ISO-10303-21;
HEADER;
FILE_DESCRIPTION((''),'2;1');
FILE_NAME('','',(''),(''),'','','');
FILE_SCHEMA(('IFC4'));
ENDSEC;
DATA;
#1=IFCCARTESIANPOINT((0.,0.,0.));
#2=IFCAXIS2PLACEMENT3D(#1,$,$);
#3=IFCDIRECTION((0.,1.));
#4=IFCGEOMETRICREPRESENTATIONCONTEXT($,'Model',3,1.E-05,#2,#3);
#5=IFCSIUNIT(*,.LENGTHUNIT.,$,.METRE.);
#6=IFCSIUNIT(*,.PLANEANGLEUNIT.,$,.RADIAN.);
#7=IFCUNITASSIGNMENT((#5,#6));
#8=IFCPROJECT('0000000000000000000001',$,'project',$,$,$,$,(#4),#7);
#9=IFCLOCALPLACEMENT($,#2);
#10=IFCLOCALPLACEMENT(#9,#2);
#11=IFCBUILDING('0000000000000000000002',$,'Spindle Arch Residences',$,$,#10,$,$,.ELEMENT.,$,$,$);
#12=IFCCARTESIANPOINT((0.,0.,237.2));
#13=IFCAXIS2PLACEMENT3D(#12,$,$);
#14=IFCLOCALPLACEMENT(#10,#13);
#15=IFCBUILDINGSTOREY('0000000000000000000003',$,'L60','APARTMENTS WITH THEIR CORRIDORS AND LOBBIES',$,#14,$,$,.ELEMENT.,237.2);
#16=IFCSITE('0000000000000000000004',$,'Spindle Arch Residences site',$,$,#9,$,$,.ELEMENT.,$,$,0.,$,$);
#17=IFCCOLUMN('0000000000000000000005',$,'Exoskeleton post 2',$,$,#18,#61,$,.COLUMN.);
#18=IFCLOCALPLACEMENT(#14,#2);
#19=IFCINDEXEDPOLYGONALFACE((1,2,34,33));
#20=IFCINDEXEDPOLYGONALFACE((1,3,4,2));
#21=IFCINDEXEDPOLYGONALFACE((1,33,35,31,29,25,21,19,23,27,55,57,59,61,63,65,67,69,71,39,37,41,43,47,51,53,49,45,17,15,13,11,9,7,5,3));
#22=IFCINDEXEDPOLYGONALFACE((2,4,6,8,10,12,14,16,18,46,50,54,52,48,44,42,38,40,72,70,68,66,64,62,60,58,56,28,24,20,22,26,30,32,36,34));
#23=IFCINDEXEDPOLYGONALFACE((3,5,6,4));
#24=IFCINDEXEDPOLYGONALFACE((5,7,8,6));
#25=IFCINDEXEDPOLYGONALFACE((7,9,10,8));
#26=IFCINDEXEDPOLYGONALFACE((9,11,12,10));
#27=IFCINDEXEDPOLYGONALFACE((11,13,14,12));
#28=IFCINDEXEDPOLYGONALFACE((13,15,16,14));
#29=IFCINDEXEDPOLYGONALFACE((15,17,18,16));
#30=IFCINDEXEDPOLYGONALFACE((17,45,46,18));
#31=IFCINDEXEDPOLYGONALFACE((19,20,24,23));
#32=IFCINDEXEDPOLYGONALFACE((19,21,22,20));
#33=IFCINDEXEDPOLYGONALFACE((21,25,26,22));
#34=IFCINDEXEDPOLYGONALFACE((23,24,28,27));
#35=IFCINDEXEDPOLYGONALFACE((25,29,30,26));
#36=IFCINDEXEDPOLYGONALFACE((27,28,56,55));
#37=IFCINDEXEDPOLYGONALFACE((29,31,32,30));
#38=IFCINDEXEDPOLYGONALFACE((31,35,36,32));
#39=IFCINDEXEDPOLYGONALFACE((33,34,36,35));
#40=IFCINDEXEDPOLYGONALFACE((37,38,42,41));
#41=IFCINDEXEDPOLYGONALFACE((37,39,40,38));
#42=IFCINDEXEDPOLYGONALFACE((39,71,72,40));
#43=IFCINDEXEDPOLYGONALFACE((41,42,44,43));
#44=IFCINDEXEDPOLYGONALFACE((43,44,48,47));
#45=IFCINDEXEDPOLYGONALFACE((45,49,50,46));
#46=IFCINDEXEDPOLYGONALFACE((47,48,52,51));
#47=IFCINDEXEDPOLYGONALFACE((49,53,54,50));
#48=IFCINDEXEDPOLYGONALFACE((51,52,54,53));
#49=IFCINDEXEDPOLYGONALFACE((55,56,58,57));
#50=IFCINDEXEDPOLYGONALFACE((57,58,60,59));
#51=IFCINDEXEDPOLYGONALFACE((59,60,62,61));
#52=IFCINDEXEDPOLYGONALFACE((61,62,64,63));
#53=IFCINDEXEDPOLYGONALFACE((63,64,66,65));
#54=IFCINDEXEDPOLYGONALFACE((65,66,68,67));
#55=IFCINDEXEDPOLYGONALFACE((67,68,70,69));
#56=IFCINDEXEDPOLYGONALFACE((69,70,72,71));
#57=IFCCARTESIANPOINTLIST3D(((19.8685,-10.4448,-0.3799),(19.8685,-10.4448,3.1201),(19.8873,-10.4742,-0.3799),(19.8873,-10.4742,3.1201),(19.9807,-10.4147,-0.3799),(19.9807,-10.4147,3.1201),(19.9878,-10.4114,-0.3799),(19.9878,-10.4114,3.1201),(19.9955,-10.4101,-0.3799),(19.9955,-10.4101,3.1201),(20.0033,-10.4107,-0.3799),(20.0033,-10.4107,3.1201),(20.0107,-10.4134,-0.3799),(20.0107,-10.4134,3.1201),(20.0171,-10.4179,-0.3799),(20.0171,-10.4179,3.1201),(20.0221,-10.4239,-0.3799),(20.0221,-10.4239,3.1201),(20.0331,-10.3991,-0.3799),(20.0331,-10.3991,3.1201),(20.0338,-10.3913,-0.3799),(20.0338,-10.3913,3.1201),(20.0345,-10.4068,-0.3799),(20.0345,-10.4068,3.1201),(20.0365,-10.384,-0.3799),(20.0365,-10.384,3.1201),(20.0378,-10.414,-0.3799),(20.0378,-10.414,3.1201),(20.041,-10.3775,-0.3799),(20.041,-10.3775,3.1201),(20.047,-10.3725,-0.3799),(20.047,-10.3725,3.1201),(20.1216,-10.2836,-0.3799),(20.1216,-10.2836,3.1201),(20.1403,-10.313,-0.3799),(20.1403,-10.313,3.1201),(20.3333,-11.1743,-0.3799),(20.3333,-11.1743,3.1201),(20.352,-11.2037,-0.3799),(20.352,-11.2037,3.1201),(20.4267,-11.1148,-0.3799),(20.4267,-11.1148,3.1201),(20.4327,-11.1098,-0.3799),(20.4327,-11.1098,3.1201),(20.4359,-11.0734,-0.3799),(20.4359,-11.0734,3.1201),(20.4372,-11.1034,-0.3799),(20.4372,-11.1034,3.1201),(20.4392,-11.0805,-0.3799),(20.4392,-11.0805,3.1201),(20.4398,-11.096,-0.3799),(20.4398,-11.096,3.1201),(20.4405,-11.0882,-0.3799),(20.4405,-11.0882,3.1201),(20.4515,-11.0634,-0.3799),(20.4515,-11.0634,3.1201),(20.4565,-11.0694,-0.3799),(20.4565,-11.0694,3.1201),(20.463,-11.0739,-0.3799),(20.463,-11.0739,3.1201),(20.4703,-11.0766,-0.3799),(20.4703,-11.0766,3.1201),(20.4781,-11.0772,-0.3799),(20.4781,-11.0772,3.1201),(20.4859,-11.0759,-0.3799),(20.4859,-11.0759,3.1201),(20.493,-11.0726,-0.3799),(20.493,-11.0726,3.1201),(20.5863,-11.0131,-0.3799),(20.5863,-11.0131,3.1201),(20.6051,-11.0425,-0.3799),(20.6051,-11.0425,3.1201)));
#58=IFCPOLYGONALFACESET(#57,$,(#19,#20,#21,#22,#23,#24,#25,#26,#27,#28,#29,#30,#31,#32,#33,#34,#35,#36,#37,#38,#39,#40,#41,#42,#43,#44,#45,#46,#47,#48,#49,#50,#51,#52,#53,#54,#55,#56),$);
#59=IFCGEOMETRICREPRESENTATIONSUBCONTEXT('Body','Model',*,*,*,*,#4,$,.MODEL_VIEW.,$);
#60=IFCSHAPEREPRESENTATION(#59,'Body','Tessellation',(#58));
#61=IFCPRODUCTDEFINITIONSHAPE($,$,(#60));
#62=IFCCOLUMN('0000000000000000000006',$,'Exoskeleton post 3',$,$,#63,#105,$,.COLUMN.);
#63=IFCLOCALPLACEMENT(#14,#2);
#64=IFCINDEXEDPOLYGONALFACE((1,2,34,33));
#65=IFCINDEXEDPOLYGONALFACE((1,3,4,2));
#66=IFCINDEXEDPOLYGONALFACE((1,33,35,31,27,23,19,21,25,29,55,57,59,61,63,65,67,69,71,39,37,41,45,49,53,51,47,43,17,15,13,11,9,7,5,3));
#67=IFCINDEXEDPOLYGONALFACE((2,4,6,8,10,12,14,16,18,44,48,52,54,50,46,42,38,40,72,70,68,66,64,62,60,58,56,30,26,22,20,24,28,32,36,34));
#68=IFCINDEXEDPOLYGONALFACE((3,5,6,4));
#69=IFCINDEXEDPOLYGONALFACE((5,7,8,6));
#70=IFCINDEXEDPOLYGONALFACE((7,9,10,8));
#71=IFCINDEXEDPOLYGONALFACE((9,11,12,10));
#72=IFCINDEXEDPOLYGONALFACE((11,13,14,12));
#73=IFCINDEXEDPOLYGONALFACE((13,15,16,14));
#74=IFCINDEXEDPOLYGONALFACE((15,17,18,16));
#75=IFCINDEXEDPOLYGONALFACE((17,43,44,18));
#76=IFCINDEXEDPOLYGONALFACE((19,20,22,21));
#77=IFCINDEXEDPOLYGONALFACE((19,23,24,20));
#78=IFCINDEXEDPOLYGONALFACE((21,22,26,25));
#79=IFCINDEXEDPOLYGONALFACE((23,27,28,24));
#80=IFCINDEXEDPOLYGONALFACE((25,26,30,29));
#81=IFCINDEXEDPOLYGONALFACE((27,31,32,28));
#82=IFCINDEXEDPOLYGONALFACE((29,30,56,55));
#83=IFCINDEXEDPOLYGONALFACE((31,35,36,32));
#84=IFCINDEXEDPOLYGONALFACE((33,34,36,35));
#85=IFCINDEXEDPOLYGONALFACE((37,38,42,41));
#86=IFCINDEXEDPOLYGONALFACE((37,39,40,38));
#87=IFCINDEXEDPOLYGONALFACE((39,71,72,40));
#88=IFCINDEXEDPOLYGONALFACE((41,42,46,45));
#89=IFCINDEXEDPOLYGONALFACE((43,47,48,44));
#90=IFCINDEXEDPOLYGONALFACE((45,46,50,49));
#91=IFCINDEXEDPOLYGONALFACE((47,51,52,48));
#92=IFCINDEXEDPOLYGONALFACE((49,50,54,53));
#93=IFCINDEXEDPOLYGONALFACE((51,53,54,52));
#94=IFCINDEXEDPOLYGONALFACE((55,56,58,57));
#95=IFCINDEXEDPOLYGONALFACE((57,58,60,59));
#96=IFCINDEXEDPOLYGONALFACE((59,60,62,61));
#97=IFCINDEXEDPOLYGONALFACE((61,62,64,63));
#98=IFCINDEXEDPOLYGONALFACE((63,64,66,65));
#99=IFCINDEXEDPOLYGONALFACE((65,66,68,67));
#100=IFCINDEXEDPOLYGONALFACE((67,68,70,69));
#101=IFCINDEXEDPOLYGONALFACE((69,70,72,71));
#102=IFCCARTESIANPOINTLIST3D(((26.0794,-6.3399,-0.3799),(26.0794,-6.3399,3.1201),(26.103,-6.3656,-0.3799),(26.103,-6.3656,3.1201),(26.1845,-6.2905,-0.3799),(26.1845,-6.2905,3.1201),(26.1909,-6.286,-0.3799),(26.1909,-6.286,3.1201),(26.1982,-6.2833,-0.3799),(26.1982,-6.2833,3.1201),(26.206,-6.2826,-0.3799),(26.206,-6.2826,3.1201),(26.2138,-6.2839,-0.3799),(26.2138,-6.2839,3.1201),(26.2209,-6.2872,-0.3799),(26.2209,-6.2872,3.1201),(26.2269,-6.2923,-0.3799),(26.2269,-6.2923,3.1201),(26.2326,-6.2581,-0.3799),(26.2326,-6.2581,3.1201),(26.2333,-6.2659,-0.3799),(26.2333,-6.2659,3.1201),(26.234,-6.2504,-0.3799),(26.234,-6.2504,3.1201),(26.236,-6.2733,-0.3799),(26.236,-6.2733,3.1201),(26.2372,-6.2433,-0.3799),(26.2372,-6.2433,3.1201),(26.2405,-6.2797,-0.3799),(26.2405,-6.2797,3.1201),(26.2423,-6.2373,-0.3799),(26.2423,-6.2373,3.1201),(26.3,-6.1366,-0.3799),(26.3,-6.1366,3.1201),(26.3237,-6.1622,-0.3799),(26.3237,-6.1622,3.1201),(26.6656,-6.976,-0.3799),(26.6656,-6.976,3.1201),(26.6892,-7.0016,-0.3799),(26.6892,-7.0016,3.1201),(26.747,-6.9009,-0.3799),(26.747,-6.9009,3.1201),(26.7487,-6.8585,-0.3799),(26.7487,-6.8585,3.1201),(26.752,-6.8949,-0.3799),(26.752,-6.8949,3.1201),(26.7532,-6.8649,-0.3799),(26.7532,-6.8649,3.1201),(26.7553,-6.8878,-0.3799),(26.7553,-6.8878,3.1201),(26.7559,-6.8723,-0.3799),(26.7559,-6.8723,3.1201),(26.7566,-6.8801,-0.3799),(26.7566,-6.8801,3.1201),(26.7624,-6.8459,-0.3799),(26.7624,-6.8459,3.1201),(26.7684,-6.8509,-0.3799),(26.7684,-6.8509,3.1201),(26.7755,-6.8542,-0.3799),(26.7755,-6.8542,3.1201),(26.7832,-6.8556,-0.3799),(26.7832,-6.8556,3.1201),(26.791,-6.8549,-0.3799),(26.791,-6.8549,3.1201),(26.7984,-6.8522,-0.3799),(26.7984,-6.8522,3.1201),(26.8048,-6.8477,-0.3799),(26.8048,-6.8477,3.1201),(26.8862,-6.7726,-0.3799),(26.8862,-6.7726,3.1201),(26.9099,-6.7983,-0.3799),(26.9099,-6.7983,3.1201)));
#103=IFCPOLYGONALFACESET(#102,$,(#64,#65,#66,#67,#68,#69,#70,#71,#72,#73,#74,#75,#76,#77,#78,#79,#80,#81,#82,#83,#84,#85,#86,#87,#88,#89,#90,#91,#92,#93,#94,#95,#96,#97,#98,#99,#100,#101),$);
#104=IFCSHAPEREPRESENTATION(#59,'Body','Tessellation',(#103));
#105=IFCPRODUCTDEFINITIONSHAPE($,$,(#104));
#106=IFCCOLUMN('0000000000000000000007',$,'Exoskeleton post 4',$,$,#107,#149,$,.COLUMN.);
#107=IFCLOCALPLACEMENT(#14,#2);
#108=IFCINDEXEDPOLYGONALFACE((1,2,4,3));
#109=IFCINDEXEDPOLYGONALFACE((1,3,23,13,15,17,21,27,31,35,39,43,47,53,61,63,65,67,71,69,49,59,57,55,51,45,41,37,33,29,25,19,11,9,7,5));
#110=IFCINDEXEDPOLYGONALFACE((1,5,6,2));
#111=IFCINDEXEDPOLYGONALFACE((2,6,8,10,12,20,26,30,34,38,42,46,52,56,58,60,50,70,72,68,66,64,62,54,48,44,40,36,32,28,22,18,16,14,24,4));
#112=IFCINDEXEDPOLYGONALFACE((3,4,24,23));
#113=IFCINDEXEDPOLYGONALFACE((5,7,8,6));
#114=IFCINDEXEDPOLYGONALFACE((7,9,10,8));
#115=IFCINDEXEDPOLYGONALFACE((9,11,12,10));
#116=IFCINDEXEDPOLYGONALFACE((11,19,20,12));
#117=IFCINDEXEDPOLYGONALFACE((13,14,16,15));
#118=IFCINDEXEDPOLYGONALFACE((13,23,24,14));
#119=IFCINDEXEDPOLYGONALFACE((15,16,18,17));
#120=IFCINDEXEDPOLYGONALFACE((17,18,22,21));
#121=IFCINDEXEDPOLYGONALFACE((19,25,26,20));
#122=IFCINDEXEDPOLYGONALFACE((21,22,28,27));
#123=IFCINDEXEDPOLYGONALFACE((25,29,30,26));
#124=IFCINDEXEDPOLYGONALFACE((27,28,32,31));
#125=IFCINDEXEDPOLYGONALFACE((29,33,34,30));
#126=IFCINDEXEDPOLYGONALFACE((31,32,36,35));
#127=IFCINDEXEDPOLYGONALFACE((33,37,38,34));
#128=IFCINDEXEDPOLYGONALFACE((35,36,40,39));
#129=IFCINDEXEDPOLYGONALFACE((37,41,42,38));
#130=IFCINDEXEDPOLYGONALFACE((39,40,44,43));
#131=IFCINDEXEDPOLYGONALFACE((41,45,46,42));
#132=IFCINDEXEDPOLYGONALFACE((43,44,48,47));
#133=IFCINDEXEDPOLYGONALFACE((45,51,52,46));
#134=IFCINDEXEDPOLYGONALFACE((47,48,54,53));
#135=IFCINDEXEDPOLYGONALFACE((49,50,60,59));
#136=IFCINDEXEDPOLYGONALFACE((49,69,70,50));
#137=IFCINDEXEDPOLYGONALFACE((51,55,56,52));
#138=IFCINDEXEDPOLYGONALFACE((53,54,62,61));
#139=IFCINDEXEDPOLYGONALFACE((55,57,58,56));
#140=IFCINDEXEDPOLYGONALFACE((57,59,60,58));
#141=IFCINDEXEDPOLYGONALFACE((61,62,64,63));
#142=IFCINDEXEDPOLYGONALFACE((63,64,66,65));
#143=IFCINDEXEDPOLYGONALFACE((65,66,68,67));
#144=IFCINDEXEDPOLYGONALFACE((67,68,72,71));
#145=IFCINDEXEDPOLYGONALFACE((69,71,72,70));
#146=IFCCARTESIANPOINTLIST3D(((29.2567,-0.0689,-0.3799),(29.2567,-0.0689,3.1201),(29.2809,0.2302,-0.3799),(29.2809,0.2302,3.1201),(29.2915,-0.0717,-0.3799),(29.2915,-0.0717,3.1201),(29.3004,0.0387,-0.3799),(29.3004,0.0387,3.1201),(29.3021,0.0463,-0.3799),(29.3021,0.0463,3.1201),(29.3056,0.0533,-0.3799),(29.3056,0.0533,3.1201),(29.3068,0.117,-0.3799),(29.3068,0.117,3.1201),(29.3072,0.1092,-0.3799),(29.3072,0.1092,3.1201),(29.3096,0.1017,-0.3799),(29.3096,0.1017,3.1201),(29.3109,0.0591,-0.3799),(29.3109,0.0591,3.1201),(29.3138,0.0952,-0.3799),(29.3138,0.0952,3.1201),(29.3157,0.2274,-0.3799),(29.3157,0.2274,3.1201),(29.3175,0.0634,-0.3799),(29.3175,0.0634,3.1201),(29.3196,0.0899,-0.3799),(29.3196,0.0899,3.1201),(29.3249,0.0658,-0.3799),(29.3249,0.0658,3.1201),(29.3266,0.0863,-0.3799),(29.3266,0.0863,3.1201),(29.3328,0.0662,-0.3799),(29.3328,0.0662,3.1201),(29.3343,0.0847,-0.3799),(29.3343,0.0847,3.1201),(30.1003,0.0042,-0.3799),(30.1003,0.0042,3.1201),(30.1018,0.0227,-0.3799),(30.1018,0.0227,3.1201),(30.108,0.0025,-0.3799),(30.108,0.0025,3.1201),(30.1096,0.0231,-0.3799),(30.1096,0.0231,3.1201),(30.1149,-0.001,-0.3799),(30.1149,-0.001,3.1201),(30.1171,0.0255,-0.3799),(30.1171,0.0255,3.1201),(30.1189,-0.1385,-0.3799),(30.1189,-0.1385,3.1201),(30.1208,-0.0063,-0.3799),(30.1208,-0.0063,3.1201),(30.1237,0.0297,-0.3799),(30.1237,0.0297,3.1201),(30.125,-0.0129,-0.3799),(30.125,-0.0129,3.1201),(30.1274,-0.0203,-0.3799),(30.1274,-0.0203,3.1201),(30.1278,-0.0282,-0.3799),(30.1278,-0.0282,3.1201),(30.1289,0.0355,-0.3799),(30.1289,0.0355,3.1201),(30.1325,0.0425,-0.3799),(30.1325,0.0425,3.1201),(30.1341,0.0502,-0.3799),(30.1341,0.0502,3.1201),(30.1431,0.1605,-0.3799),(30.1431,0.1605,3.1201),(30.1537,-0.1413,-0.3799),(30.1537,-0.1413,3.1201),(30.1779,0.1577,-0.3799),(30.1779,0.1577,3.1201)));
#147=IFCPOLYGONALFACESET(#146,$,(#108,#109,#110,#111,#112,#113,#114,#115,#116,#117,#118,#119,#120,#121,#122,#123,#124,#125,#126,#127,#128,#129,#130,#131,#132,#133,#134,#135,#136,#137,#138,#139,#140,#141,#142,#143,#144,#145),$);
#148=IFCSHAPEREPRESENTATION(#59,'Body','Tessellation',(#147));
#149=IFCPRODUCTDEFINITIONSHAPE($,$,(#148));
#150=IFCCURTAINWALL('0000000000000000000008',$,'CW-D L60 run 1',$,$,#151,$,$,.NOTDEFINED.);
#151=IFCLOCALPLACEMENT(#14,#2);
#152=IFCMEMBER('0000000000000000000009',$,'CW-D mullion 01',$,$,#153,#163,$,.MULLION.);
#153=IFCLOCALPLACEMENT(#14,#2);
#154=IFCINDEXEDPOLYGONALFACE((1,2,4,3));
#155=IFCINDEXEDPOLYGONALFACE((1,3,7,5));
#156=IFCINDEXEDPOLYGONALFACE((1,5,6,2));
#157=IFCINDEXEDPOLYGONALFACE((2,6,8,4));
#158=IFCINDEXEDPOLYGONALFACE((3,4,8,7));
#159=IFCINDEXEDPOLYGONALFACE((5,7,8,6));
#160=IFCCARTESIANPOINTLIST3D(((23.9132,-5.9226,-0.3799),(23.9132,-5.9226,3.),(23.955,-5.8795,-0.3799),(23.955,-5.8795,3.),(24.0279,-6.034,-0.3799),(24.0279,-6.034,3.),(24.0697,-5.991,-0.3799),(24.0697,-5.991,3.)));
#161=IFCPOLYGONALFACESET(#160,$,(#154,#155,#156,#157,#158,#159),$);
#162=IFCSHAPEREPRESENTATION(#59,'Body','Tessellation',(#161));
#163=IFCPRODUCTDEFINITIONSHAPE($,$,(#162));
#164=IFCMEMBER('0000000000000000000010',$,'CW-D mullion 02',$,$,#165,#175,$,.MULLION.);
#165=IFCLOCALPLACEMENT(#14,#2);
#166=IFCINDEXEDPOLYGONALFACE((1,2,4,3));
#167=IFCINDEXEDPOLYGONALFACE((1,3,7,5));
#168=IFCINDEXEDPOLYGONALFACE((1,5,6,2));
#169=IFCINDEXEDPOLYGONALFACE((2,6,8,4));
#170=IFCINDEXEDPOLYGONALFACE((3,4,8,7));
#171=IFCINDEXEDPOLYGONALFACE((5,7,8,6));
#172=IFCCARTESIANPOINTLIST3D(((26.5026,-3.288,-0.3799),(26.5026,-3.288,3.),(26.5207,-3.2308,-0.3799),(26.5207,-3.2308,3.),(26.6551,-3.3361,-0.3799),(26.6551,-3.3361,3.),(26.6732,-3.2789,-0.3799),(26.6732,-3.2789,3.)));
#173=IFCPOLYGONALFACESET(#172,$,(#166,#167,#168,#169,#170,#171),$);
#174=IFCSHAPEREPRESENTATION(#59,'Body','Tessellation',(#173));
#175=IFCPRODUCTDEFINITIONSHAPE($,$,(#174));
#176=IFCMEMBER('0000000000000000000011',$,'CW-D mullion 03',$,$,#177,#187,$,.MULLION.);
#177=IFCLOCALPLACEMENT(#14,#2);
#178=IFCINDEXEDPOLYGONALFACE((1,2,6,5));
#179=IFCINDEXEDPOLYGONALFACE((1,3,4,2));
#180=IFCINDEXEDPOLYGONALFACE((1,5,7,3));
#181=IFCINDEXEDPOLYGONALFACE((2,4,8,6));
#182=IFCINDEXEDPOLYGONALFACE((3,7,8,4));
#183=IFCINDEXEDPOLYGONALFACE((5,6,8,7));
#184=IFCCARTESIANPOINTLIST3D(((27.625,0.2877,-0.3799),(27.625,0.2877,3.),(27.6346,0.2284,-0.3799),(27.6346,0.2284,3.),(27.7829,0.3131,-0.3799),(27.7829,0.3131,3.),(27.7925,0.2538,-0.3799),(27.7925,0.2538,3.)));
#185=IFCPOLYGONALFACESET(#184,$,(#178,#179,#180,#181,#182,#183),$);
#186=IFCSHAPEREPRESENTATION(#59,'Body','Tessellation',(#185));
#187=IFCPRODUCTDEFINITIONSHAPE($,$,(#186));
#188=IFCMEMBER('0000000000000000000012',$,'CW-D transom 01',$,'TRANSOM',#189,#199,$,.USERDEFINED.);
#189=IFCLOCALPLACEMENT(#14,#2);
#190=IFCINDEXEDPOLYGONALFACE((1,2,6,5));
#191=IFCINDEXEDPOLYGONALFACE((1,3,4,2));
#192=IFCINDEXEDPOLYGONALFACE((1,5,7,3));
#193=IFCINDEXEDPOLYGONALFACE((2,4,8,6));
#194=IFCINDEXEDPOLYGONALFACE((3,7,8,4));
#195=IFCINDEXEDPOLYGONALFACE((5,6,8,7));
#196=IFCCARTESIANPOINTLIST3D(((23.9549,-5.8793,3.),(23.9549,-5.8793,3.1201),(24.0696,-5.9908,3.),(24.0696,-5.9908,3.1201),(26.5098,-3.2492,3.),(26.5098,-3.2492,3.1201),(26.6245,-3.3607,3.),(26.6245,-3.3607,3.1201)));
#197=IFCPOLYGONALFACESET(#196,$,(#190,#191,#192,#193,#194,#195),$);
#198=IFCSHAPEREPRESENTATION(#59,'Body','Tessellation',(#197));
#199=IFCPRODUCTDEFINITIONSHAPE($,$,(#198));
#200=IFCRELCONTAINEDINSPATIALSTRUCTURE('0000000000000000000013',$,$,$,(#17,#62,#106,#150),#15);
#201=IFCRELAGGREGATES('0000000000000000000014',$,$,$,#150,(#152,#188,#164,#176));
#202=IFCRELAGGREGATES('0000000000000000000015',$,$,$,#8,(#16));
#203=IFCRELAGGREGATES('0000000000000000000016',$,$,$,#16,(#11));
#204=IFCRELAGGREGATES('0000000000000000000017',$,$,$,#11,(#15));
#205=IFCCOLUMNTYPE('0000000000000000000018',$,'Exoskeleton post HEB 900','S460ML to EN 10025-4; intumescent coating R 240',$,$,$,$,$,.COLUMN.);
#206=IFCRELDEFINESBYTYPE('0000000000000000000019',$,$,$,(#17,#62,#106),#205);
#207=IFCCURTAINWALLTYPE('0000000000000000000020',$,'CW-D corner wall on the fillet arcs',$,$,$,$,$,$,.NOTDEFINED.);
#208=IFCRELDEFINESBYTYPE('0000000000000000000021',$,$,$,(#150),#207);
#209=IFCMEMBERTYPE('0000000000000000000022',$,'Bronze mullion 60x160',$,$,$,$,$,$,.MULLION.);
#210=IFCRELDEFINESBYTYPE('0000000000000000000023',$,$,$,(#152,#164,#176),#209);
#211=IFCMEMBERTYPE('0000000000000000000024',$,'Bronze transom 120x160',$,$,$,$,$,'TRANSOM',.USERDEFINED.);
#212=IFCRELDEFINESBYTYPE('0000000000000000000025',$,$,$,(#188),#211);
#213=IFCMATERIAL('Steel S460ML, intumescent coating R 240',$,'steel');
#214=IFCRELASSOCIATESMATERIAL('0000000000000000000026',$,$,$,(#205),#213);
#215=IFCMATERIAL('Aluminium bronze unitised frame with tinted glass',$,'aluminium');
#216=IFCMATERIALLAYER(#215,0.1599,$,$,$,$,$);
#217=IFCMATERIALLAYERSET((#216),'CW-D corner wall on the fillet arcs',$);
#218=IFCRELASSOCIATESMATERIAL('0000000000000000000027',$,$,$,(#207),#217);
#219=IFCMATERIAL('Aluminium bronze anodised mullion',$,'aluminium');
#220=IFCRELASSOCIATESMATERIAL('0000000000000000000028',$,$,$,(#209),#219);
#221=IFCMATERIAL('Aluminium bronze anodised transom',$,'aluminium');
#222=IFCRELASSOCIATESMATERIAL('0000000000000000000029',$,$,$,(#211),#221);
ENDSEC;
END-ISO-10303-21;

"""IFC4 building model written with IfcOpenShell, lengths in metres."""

from ifc_helpers import new_model, si_unit, direction, frame, origin, origin_2d, place, context, subcontext, project, spatial, rectangle, i_section, extrude, material, layer, layer_set, material_profile, profile_set, type_object, element, aggregate, save


model = new_model("IFC4")

# Units and contexts
model_context = context("Model", 3, precision=1e-05, world=origin(), true_north=direction((0.0, 1.0)))
body_context = subcontext(model_context, "Body", "Model", "MODEL_VIEW")
ifc_project = project(units=[si_unit("LENGTHUNIT", "METRE"), si_unit("PLANEANGLEUNIT", "RADIAN")], contexts=[model_context])

# Site, building, storey
site_placement = place(None, origin())
site = spatial("IfcSite", under=ifc_project, at=site_placement, Name="Spindle Arch Residences site", CompositionType="ELEMENT", RefElevation=0.0)
building_placement = place(site_placement, origin())
building = spatial("IfcBuilding", under=site, at=building_placement, Name="Spindle Arch Residences", CompositionType="ELEMENT")
storey_placement = place(building_placement, frame((0.0, 0.0, 237.2)))
storey = spatial("IfcBuildingStorey", under=building, at=storey_placement, Name="L60", Description="APARTMENTS WITH THEIR CORRIDORS AND LOBBIES", CompositionType="ELEMENT", Elevation=237.2)

# Columns
ifc_material_1 = material(Name="Steel S460ML, intumescent coating R 240", Category="steel")
ifc_material_profile_1 = material_profile(ifc_material_1, i_section(OverallWidth=0.3, OverallDepth=0.8999, WebThickness=0.0186, FlangeThickness=0.0349, FilletRadius=0.03, at=origin_2d()), Name="HEB 900")
ifc_profile_set_1 = profile_set([ifc_material_profile_1], Name="Steel S460ML, intumescent coating R 240")
column_type = type_object("IfcColumnType", Name="Exoskeleton post HEB 900", Description="S460ML to EN 10025-4; intumescent coating R 240", PredefinedType="COLUMN", material=ifc_profile_set_1)
for number, where, z_axis, x_axis, name in (
    (1, (20.2368, -10.7437, -0.3799), (0.0, 0.0, 1.0), (-0.843391, -0.5373, 0.0), "Exoskeleton post 2"),
    (2, (26.4946, -6.5691, -0.3799), (0.0, 0.0, 1.0), (-0.735347, -0.677691, 0.0), "Exoskeleton post 3"),
    (3, (29.7173, 0.0444, -0.3799), (0.0, 0.0, 1.0), (-0.080538, -0.996752, 0.0), "Exoskeleton post 4"),
):
    element("IfcColumn", number, at=place(storey_placement, frame(where, z_axis=z_axis, x_axis=x_axis)), inside=storey, type_object=column_type, Name=name, PredefinedType="COLUMN", context=body_context, shape_type="SweptSolid", body=[
        extrude(i_section(OverallWidth=0.3, OverallDepth=0.8999, WebThickness=0.0186, FlangeThickness=0.0349, FilletRadius=0.03, at=origin_2d()), origin(), (0.0, 0.0, 1.0), 3.5),
    ])

# Curtain wall, members
ifc_material_2 = material(Name="Aluminium bronze unitised frame with tinted glass", Category="aluminium")
ifc_layer_1 = layer(ifc_material_2, 0.1599)
ifc_layer_set_1 = layer_set([ifc_layer_1], Name="CW-D corner wall on the fillet arcs")
curtain_wall_type = type_object("IfcCurtainWallType", Name="CW-D corner wall on the fillet arcs", PredefinedType="NOTDEFINED", material=ifc_layer_set_1)
curtain_wall_placement = place(storey_placement, origin())
curtain_wall = element("IfcCurtainWall", 4, at=curtain_wall_placement, inside=storey, type_object=curtain_wall_type, Name="CW-D L60 run 1", PredefinedType="NOTDEFINED")
ifc_material_3 = material(Name="Aluminium bronze anodised mullion", Category="aluminium")
ifc_material_profile_2 = material_profile(ifc_material_3, rectangle(XDim=0.1599, YDim=0.0601, at=origin_2d()), Name="MU 60x160")
ifc_profile_set_2 = profile_set([ifc_material_profile_2], Name="Aluminium bronze anodised mullion")
member_type_1 = type_object("IfcMemberType", Name="Bronze mullion 60x160", PredefinedType="MULLION", material=ifc_profile_set_2)
member_1_placement = place(storey_placement, frame((23.9915, -5.9568, -0.3799), z_axis=(0.0, 0.0, 1.0), x_axis=(-0.717316, 0.696748, 0.0)))
member_1 = element("IfcMember", 5, at=member_1_placement, type_object=member_type_1, Name="CW-D mullion 01", PredefinedType="MULLION", context=body_context, shape_type="SweptSolid", body=[
    extrude(rectangle(XDim=0.1599, YDim=0.0601, at=origin_2d()), origin(), (0.0, 0.0, 1.0), 3.3799),
])
member_2_placement = place(storey_placement, frame((26.5879, -3.2834, -0.3799), z_axis=(0.0, 0.0, 1.0), x_axis=(-0.953717, 0.300706, 0.0)))
member_2 = element("IfcMember", 6, at=member_2_placement, type_object=member_type_1, Name="CW-D mullion 02", PredefinedType="MULLION", context=body_context, shape_type="SweptSolid", body=[
    extrude(rectangle(XDim=0.1599, YDim=0.0601, at=origin_2d()), origin(), (0.0, 0.0, 1.0), 3.3799),
])
member_3_placement = place(storey_placement, frame((27.7087, 0.2708, -0.3799), z_axis=(0.0, 0.0, 1.0), x_axis=(-0.987229, -0.159307, 0.0)))
member_3 = element("IfcMember", 7, at=member_3_placement, type_object=member_type_1, Name="CW-D mullion 03", PredefinedType="MULLION", context=body_context, shape_type="SweptSolid", body=[
    extrude(rectangle(XDim=0.1599, YDim=0.0601, at=origin_2d()), origin(), (0.0, 0.0, 1.0), 3.3799),
])
ifc_material_4 = material(Name="Aluminium bronze anodised transom", Category="aluminium")
ifc_material_profile_3 = material_profile(ifc_material_4, rectangle(XDim=0.1599, YDim=0.1201, at=origin_2d()), Name="TR 120x160")
ifc_profile_set_3 = profile_set([ifc_material_profile_3], Name="Aluminium bronze anodised transom")
member_type_2 = type_object("IfcMemberType", Name="Bronze transom 120x160", ElementType="TRANSOM", PredefinedType="USERDEFINED", material=ifc_profile_set_3)
member_4_placement = place(storey_placement, frame((24.0122, -5.9351, 3.0601), z_axis=(0.696779, 0.717286, 0.0), x_axis=(-0.717286, 0.696779, 0.0)))
member_4 = element("IfcMember", 8, at=member_4_placement, type_object=member_type_2, Name="CW-D transom 01", ObjectType="TRANSOM", PredefinedType="USERDEFINED", context=body_context, shape_type="SweptSolid", body=[
    extrude(rectangle(XDim=0.1599, YDim=0.1201, at=origin_2d()), origin(), (0.0, 0.0, 1.0), 3.6667),
])

aggregate(curtain_wall, [member_1, member_4, member_2, member_3])

save(model, "model.ifc")
